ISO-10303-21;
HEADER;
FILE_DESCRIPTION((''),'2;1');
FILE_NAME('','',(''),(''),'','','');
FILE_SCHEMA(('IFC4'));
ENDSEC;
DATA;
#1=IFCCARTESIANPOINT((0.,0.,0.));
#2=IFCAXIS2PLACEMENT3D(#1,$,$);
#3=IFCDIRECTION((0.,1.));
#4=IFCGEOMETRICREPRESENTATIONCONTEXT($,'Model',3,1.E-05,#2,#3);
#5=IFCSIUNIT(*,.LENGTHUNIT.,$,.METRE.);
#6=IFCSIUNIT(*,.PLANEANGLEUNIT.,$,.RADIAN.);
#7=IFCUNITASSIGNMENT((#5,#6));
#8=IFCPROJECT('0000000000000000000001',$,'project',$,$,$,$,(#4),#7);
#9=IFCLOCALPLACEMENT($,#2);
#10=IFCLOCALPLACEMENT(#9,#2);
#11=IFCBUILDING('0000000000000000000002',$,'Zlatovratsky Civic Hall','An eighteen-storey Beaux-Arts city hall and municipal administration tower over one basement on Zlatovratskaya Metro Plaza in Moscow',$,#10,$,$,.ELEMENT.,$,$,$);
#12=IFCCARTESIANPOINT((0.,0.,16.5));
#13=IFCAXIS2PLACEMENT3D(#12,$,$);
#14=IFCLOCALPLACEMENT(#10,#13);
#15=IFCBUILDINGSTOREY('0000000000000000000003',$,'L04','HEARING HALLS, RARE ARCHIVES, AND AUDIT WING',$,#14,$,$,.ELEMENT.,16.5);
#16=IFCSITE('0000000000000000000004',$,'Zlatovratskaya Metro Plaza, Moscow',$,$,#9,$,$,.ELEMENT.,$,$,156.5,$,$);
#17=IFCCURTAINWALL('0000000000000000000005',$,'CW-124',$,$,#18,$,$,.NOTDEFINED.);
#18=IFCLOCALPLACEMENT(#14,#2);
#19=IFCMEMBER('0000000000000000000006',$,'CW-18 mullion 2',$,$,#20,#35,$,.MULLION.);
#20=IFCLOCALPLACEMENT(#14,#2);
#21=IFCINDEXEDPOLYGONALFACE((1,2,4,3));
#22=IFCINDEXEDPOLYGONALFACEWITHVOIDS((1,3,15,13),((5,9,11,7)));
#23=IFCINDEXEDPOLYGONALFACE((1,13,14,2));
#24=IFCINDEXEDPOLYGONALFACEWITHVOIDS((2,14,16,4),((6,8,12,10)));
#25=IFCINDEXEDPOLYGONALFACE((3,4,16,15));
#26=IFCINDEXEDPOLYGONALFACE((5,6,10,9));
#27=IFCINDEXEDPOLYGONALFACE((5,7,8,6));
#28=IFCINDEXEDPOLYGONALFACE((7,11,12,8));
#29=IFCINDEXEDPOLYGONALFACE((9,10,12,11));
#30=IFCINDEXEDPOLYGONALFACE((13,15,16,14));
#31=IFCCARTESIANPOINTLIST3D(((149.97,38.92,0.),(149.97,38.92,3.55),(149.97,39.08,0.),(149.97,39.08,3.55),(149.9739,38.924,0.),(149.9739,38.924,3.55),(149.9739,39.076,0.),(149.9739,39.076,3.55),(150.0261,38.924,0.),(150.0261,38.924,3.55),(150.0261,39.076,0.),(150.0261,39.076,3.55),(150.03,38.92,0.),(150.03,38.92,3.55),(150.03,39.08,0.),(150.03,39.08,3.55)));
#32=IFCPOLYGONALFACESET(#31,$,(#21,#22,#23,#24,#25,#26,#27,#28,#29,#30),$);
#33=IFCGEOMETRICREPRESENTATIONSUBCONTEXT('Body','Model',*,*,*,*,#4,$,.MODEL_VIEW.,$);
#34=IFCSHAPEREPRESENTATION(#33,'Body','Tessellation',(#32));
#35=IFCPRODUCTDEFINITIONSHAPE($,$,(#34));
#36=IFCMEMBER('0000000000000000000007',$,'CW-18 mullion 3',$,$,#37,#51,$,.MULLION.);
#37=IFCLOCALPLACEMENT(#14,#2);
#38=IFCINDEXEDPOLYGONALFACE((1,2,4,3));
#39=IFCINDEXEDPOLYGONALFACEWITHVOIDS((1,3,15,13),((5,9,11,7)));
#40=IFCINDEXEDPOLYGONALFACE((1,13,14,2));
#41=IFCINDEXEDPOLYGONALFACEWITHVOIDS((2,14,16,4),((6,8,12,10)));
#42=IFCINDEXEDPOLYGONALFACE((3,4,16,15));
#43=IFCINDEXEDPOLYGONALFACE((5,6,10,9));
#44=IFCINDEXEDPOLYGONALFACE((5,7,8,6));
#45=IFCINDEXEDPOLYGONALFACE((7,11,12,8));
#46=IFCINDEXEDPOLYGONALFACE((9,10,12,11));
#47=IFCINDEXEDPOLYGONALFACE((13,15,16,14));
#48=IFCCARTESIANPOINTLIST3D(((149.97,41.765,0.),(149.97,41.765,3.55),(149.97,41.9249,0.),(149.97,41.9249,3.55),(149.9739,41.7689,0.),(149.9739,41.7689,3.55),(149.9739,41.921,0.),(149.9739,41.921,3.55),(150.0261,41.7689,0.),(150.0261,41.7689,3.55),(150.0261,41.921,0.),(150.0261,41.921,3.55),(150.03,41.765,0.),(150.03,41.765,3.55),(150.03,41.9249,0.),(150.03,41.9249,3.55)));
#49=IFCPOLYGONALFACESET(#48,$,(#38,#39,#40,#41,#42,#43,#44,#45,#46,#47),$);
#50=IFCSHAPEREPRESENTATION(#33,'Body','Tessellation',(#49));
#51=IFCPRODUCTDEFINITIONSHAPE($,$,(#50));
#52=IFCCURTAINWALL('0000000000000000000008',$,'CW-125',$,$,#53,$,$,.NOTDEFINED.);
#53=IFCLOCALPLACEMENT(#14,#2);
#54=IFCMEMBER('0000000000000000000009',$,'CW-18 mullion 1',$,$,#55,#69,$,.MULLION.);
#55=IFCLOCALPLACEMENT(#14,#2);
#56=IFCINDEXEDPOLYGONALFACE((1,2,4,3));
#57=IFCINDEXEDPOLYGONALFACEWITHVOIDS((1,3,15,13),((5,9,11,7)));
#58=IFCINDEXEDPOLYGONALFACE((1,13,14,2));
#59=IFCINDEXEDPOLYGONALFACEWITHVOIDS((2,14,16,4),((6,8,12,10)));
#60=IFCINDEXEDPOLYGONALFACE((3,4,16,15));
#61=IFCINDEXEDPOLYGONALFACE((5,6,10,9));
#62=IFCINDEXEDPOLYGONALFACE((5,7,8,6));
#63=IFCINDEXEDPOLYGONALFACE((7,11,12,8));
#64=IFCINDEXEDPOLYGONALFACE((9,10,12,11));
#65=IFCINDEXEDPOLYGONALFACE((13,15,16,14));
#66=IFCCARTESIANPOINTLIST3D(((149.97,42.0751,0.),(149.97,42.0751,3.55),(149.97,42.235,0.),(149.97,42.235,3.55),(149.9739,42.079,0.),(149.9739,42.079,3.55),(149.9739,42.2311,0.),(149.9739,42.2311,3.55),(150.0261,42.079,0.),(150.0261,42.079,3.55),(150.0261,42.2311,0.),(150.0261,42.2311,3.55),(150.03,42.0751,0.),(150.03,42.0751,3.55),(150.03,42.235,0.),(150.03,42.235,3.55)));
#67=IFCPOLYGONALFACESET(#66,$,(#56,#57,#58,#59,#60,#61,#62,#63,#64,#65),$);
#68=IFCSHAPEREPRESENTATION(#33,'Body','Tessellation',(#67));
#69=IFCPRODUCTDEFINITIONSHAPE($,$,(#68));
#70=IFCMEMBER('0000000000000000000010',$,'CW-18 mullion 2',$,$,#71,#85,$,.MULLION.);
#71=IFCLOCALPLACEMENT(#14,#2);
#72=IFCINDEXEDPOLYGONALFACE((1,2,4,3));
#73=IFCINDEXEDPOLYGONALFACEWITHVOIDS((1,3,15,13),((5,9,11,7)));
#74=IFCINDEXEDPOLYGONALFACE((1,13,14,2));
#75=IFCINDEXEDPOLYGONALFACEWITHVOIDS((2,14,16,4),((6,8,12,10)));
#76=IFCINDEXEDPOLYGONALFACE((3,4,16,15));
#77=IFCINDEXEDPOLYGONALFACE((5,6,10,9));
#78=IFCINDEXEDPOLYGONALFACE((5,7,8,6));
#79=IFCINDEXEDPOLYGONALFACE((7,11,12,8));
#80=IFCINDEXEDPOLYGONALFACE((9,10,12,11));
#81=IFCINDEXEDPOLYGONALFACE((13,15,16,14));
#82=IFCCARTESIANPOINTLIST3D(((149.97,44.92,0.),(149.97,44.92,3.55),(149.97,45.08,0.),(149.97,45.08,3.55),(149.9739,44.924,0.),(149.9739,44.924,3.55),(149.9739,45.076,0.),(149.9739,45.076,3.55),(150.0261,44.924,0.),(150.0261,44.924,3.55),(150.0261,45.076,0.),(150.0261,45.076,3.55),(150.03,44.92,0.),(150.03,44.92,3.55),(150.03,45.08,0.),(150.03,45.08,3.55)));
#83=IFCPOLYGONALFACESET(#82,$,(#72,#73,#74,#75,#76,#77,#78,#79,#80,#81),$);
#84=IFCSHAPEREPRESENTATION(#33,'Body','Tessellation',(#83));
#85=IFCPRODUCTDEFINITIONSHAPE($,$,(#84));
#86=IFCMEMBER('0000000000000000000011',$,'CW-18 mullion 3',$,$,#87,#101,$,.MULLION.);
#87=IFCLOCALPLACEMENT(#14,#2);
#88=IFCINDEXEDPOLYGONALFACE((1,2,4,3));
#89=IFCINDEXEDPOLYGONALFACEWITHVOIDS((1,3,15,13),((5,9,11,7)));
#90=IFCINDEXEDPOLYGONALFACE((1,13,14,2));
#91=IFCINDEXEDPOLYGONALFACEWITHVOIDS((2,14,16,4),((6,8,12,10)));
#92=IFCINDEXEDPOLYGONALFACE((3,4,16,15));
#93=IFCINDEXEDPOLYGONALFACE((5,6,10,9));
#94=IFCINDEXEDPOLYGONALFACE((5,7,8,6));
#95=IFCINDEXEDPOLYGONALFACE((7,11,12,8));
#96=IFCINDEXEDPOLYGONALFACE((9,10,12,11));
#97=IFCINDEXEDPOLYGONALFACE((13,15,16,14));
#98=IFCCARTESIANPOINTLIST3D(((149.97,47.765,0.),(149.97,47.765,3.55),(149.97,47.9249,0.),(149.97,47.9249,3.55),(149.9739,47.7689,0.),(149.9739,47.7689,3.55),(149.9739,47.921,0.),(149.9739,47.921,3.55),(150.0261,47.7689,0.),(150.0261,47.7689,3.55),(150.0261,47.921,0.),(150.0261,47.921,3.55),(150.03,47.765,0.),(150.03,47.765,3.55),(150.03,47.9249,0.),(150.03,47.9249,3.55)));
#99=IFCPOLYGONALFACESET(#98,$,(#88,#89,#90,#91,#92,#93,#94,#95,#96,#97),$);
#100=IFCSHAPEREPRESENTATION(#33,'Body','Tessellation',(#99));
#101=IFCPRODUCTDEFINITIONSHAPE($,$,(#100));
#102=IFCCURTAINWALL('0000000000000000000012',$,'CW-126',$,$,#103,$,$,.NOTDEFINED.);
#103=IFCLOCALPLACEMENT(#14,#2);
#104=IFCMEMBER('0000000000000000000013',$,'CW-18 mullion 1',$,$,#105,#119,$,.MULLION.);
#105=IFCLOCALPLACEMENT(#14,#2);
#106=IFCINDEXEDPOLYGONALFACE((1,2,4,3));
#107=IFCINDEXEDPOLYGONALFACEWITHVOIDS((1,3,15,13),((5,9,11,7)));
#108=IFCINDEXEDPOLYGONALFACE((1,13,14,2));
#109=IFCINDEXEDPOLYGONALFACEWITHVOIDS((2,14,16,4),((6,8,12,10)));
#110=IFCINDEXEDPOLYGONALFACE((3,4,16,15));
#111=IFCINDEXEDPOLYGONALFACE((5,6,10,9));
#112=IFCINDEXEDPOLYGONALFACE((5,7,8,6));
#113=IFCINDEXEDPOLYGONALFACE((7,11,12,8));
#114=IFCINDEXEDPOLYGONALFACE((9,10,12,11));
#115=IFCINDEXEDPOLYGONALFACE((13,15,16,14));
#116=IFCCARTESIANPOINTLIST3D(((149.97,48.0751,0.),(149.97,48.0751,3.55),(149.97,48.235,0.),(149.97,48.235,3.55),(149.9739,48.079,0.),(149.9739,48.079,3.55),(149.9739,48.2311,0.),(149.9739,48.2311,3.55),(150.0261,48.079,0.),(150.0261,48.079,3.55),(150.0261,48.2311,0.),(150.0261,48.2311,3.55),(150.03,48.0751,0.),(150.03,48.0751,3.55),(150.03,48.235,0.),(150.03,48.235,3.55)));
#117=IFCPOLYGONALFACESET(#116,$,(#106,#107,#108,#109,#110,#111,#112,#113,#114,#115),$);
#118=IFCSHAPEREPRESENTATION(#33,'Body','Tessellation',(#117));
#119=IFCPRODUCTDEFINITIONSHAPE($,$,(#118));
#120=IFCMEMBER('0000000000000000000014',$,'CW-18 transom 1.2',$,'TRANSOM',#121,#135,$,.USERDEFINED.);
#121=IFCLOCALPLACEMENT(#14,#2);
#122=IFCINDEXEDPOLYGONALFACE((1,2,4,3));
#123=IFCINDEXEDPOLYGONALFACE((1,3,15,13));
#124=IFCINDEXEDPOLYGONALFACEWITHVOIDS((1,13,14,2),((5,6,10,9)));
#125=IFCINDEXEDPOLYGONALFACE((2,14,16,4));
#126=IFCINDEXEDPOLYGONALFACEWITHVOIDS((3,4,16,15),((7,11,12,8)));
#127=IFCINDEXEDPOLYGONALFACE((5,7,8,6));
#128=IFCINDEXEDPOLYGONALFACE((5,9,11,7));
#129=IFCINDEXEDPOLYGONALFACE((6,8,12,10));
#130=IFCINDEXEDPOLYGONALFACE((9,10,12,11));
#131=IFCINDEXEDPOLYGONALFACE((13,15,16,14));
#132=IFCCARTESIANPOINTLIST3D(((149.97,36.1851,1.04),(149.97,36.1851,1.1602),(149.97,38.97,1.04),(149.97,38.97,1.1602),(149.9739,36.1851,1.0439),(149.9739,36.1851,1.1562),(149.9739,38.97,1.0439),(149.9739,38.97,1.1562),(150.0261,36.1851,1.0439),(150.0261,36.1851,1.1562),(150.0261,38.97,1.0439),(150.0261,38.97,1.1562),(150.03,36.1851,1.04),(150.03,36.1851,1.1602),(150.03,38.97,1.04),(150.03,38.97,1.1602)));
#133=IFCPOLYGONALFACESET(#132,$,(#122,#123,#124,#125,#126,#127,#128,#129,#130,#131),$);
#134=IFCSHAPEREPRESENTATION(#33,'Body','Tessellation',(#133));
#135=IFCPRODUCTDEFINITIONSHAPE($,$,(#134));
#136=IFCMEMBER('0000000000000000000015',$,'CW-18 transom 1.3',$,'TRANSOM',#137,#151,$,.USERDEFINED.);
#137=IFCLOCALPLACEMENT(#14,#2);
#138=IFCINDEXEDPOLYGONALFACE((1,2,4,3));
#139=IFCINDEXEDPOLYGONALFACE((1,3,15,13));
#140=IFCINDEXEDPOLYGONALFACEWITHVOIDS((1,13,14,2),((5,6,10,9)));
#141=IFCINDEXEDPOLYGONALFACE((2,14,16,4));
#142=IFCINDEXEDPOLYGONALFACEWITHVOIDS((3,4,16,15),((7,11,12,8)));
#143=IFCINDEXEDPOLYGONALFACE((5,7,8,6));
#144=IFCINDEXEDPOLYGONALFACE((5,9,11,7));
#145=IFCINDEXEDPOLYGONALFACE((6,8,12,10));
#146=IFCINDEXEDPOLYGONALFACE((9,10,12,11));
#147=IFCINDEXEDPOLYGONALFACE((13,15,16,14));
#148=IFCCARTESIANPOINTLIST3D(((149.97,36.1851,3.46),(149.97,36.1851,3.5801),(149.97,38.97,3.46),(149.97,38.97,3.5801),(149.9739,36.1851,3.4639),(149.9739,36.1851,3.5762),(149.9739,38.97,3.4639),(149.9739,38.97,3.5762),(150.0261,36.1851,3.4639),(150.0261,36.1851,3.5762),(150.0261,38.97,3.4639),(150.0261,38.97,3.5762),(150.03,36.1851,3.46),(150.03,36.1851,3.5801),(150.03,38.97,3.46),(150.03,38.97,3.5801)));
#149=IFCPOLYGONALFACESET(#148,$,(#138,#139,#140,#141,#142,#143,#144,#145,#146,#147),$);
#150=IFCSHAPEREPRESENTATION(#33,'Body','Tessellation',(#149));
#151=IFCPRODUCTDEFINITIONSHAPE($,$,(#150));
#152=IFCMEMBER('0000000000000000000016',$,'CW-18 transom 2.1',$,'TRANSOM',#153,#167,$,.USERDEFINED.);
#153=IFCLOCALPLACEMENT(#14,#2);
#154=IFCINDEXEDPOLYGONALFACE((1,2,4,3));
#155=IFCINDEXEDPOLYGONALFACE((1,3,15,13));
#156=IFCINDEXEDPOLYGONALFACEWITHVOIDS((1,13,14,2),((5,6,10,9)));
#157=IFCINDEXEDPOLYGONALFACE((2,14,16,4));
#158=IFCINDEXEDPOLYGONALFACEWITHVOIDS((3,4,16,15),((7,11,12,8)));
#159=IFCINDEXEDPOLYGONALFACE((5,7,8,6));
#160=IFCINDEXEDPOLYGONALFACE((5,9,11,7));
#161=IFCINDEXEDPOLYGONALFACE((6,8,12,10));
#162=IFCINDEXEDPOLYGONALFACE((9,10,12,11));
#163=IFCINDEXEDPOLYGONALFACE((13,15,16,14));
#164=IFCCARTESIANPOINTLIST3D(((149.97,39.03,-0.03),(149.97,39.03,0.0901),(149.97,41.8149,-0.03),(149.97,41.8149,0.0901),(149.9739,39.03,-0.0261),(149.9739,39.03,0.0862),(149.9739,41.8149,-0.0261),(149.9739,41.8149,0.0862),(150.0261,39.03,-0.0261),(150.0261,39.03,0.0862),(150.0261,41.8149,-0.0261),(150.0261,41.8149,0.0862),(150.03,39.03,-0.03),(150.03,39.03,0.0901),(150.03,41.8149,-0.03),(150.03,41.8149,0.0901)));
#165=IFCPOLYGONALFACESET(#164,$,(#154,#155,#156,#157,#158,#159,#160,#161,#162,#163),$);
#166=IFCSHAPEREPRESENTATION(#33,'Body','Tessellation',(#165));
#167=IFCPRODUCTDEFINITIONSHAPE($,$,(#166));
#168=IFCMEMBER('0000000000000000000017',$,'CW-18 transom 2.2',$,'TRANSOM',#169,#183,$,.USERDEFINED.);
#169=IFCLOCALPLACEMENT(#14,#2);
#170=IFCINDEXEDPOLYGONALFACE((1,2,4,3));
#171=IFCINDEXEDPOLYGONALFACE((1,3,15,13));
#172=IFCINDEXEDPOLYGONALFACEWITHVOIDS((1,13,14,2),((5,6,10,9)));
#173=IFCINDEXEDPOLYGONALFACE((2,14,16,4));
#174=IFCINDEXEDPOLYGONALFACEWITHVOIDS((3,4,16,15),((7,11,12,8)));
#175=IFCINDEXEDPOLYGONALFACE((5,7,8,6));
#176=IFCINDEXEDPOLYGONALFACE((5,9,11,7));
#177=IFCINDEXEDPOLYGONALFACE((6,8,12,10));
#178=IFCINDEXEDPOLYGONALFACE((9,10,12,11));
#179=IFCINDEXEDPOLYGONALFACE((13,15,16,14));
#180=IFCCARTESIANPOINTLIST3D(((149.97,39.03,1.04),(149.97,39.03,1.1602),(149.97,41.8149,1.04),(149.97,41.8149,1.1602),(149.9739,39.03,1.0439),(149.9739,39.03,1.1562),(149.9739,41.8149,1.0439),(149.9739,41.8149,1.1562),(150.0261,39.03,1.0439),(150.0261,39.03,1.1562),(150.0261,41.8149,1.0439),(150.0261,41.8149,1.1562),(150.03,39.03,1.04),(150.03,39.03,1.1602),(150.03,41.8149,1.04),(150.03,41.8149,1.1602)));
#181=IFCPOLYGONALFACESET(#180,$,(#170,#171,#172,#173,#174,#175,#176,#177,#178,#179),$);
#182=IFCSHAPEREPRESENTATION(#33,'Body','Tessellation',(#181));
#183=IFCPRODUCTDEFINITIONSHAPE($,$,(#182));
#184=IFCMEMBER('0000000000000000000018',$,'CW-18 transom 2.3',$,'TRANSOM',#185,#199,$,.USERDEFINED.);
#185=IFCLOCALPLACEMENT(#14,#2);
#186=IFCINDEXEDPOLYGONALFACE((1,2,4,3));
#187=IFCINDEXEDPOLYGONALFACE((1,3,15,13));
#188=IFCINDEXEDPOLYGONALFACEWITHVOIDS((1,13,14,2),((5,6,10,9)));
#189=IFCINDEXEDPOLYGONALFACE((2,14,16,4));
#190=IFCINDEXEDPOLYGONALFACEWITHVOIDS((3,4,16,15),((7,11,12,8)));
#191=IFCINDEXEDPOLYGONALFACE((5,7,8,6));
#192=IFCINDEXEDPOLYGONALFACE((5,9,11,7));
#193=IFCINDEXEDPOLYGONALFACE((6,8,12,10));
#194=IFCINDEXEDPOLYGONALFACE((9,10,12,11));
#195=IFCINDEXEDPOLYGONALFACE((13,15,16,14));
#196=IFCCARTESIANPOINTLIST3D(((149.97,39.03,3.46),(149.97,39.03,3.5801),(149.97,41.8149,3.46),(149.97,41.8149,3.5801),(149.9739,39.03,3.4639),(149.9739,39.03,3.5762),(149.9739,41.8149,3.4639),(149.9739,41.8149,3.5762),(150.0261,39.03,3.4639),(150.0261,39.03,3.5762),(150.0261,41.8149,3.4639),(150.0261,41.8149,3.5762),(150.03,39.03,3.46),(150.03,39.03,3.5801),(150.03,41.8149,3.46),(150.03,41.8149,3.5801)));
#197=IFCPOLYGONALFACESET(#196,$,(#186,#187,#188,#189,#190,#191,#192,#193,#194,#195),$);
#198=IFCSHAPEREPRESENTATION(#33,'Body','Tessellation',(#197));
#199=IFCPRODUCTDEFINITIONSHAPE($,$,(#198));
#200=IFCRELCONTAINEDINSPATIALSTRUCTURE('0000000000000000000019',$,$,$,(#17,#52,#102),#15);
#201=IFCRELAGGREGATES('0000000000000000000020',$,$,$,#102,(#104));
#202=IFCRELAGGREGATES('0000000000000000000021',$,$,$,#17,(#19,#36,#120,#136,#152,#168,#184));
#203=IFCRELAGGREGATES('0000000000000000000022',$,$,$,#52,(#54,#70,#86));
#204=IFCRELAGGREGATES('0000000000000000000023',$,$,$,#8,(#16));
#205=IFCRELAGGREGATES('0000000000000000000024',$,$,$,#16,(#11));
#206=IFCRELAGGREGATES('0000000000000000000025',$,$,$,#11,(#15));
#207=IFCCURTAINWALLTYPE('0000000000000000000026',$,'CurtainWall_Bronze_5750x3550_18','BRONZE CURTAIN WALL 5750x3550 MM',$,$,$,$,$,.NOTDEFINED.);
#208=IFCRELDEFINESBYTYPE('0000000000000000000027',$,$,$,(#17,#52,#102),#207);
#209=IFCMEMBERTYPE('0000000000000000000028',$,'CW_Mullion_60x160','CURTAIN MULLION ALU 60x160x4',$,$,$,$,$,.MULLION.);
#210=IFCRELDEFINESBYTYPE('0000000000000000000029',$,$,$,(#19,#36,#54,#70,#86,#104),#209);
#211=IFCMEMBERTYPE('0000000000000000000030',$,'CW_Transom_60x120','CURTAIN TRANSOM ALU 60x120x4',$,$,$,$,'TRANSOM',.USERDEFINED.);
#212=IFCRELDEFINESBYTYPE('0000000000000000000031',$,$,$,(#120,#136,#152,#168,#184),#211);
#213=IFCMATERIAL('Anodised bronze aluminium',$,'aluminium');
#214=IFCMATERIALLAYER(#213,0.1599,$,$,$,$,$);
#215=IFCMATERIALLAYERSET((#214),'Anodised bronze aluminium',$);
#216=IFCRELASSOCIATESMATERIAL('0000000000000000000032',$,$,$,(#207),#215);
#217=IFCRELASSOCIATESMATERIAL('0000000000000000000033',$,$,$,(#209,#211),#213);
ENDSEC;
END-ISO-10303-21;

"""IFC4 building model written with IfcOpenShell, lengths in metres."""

from ifc_helpers import new_model, si_unit, direction, frame, origin, origin_2d, place, context, subcontext, project, spatial, hollow_rectangle, extrude, material, layer, layer_set, material_profile, profile_set, type_object, element, aggregate, save


model = new_model("IFC4")

# Units and contexts
model_context = context("Model", 3, precision=1e-05, world=origin(), true_north=direction((0.0, 1.0)))
body_context = subcontext(model_context, "Body", "Model", "MODEL_VIEW")
ifc_project = project(units=[si_unit("LENGTHUNIT", "METRE"), si_unit("PLANEANGLEUNIT", "RADIAN")], contexts=[model_context])

# Site, building, storey
site_placement = place(None, origin())
site = spatial("IfcSite", under=ifc_project, at=site_placement, Name="Zlatovratskaya Metro Plaza, Moscow", CompositionType="ELEMENT", RefElevation=156.5)
building_placement = place(site_placement, origin())
building = spatial("IfcBuilding", under=site, at=building_placement, Name="Zlatovratsky Civic Hall", Description="An eighteen-storey Beaux-Arts city hall and municipal administration tower over one basement on Zlatovratskaya Metro Plaza in Moscow", CompositionType="ELEMENT")
storey_placement = place(building_placement, frame((0.0, 0.0, 16.5)))
storey = spatial("IfcBuildingStorey", under=building, at=storey_placement, Name="L04", Description="HEARING HALLS, RARE ARCHIVES, AND AUDIT WING", CompositionType="ELEMENT", Elevation=16.5)

# Curtain walls, members
ifc_material_1 = material(Name="Anodised bronze aluminium", Category="aluminium")
ifc_layer_1 = layer(ifc_material_1, 0.1599)
ifc_layer_set_1 = layer_set([ifc_layer_1], Name="Anodised bronze aluminium")
curtain_wall_type = type_object("IfcCurtainWallType", Name="CurtainWall_Bronze_5750x3550_18", Description="BRONZE CURTAIN WALL 5750x3550 MM", PredefinedType="NOTDEFINED", material=ifc_layer_set_1)
curtain_wall_1_placement = place(storey_placement, origin())
curtain_wall_1 = element("IfcCurtainWall", 1, at=curtain_wall_1_placement, inside=storey, type_object=curtain_wall_type, Name="CW-124", PredefinedType="NOTDEFINED")
ifc_material_profile_1 = material_profile(ifc_material_1, hollow_rectangle(XDim=0.0601, YDim=0.1599, WallThickness=0.0039, at=origin_2d()), Name="ALU 60x160x4")
ifc_profile_set_1 = profile_set([ifc_material_profile_1], Name="Anodised bronze aluminium")
member_type_1 = type_object("IfcMemberType", Name="CW_Mullion_60x160", Description="CURTAIN MULLION ALU 60x160x4", PredefinedType="MULLION", material=ifc_profile_set_1)
member_1_placement = place(storey_placement, frame((150.0, 39.0, 0.0), z_axis=(0.0, 0.0, 1.0), x_axis=(-1.0, 0.0, 0.0)))
member_1 = element("IfcMember", 2, at=member_1_placement, type_object=member_type_1, Name="CW-18 mullion 2", PredefinedType="MULLION", context=body_context, shape_type="SweptSolid", body=[
    extrude(hollow_rectangle(XDim=0.0601, YDim=0.1599, WallThickness=0.0039, at=origin_2d()), origin(), (0.0, 0.0, 1.0), 3.55),
])
member_2_placement = place(storey_placement, frame((150.0, 41.845, 0.0), z_axis=(0.0, 0.0, 1.0), x_axis=(-1.0, 0.0, 0.0)))
member_2 = element("IfcMember", 3, at=member_2_placement, type_object=member_type_1, Name="CW-18 mullion 3", PredefinedType="MULLION", context=body_context, shape_type="SweptSolid", body=[
    extrude(hollow_rectangle(XDim=0.0601, YDim=0.1599, WallThickness=0.0039, at=origin_2d()), origin(), (0.0, 0.0, 1.0), 3.55),
])
curtain_wall_2_placement = place(storey_placement, origin())
curtain_wall_2 = element("IfcCurtainWall", 4, at=curtain_wall_2_placement, inside=storey, type_object=curtain_wall_type, Name="CW-125", PredefinedType="NOTDEFINED")
member_3_placement = place(storey_placement, frame((150.0, 42.155, 0.0), z_axis=(0.0, 0.0, 1.0), x_axis=(-1.0, 0.0, 0.0)))
member_3 = element("IfcMember", 5, at=member_3_placement, type_object=member_type_1, Name="CW-18 mullion 1", PredefinedType="MULLION", context=body_context, shape_type="SweptSolid", body=[
    extrude(hollow_rectangle(XDim=0.0601, YDim=0.1599, WallThickness=0.0039, at=origin_2d()), origin(), (0.0, 0.0, 1.0), 3.55),
])
member_4_placement = place(storey_placement, frame((150.0, 45.0, 0.0), z_axis=(0.0, 0.0, 1.0), x_axis=(-1.0, 0.0, 0.0)))
member_4 = element("IfcMember", 6, at=member_4_placement, type_object=member_type_1, Name="CW-18 mullion 2", PredefinedType="MULLION", context=body_context, shape_type="SweptSolid", body=[
    extrude(hollow_rectangle(XDim=0.0601, YDim=0.1599, WallThickness=0.0039, at=origin_2d()), origin(), (0.0, 0.0, 1.0), 3.55),
])
member_5_placement = place(storey_placement, frame((150.0, 47.845, 0.0), z_axis=(0.0, 0.0, 1.0), x_axis=(-1.0, 0.0, 0.0)))
member_5 = element("IfcMember", 7, at=member_5_placement, type_object=member_type_1, Name="CW-18 mullion 3", PredefinedType="MULLION", context=body_context, shape_type="SweptSolid", body=[
    extrude(hollow_rectangle(XDim=0.0601, YDim=0.1599, WallThickness=0.0039, at=origin_2d()), origin(), (0.0, 0.0, 1.0), 3.55),
])

# Curtain wall, member
curtain_wall_3_placement = place(storey_placement, origin())
curtain_wall_3 = element("IfcCurtainWall", 8, at=curtain_wall_3_placement, inside=storey, type_object=curtain_wall_type, Name="CW-126", PredefinedType="NOTDEFINED")
member_6_placement = place(storey_placement, frame((150.0, 48.155, 0.0), z_axis=(0.0, 0.0, 1.0), x_axis=(-1.0, 0.0, 0.0)))
member_6 = element("IfcMember", 9, at=member_6_placement, type_object=member_type_1, Name="CW-18 mullion 1", PredefinedType="MULLION", context=body_context, shape_type="SweptSolid", body=[
    extrude(hollow_rectangle(XDim=0.0601, YDim=0.1599, WallThickness=0.0039, at=origin_2d()), origin(), (0.0, 0.0, 1.0), 3.55),
])

# Members
ifc_material_profile_2 = material_profile(ifc_material_1, hollow_rectangle(XDim=0.0601, YDim=0.1201, WallThickness=0.0039, at=origin_2d()), Name="ALU 60x120x4")
ifc_profile_set_2 = profile_set([ifc_material_profile_2], Name="Anodised bronze aluminium")
member_type_2 = type_object("IfcMemberType", Name="CW_Transom_60x120", Description="CURTAIN TRANSOM ALU 60x120x4", ElementType="TRANSOM", PredefinedType="USERDEFINED", material=ifc_profile_set_2)
member_7_placement = place(storey_placement, frame((150.0, 36.1851, 1.1001), z_axis=(0.0, 1.0, 0.0), x_axis=(-1.0, 0.0, 0.0)))
member_7 = element("IfcMember", 10, at=member_7_placement, type_object=member_type_2, Name="CW-18 transom 1.2", ObjectType="TRANSOM", PredefinedType="USERDEFINED", context=body_context, shape_type="SweptSolid", body=[
    extrude(hollow_rectangle(XDim=0.0601, YDim=0.1201, WallThickness=0.0039, at=origin_2d()), origin(), (0.0, 0.0, 1.0), 2.7849),
])
member_8_placement = place(storey_placement, frame((150.0, 36.1851, 3.52), z_axis=(0.0, 1.0, 0.0), x_axis=(-1.0, 0.0, 0.0)))
member_8 = element("IfcMember", 11, at=member_8_placement, type_object=member_type_2, Name="CW-18 transom 1.3", ObjectType="TRANSOM", PredefinedType="USERDEFINED", context=body_context, shape_type="SweptSolid", body=[
    extrude(hollow_rectangle(XDim=0.0601, YDim=0.1201, WallThickness=0.0039, at=origin_2d()), origin(), (0.0, 0.0, 1.0), 2.7849),
])
member_9_placement = place(storey_placement, frame((150.0, 39.03, 0.03), z_axis=(0.0, 1.0, 0.0), x_axis=(-1.0, 0.0, 0.0)))
member_9 = element("IfcMember", 12, at=member_9_placement, type_object=member_type_2, Name="CW-18 transom 2.1", ObjectType="TRANSOM", PredefinedType="USERDEFINED", context=body_context, shape_type="SweptSolid", body=[
    extrude(hollow_rectangle(XDim=0.0601, YDim=0.1201, WallThickness=0.0039, at=origin_2d()), origin(), (0.0, 0.0, 1.0), 2.7849),
])
member_10_placement = place(storey_placement, frame((150.0, 39.03, 1.1001), z_axis=(0.0, 1.0, 0.0), x_axis=(-1.0, 0.0, 0.0)))
member_10 = element("IfcMember", 13, at=member_10_placement, type_object=member_type_2, Name="CW-18 transom 2.2", ObjectType="TRANSOM", PredefinedType="USERDEFINED", context=body_context, shape_type="SweptSolid", body=[
    extrude(hollow_rectangle(XDim=0.0601, YDim=0.1201, WallThickness=0.0039, at=origin_2d()), origin(), (0.0, 0.0, 1.0), 2.7849),
])
member_11_placement = place(storey_placement, frame((150.0, 39.03, 3.52), z_axis=(0.0, 1.0, 0.0), x_axis=(-1.0, 0.0, 0.0)))
member_11 = element("IfcMember", 14, at=member_11_placement, type_object=member_type_2, Name="CW-18 transom 2.3", ObjectType="TRANSOM", PredefinedType="USERDEFINED", context=body_context, shape_type="SweptSolid", body=[
    extrude(hollow_rectangle(XDim=0.0601, YDim=0.1201, WallThickness=0.0039, at=origin_2d()), origin(), (0.0, 0.0, 1.0), 2.7849),
])
aggregate(curtain_wall_3, [member_6])

aggregate(curtain_wall_1, [member_1, member_2, member_7, member_8, member_9, member_10, member_11])
aggregate(curtain_wall_2, [member_3, member_4, member_5])

save(model, "model.ifc")
